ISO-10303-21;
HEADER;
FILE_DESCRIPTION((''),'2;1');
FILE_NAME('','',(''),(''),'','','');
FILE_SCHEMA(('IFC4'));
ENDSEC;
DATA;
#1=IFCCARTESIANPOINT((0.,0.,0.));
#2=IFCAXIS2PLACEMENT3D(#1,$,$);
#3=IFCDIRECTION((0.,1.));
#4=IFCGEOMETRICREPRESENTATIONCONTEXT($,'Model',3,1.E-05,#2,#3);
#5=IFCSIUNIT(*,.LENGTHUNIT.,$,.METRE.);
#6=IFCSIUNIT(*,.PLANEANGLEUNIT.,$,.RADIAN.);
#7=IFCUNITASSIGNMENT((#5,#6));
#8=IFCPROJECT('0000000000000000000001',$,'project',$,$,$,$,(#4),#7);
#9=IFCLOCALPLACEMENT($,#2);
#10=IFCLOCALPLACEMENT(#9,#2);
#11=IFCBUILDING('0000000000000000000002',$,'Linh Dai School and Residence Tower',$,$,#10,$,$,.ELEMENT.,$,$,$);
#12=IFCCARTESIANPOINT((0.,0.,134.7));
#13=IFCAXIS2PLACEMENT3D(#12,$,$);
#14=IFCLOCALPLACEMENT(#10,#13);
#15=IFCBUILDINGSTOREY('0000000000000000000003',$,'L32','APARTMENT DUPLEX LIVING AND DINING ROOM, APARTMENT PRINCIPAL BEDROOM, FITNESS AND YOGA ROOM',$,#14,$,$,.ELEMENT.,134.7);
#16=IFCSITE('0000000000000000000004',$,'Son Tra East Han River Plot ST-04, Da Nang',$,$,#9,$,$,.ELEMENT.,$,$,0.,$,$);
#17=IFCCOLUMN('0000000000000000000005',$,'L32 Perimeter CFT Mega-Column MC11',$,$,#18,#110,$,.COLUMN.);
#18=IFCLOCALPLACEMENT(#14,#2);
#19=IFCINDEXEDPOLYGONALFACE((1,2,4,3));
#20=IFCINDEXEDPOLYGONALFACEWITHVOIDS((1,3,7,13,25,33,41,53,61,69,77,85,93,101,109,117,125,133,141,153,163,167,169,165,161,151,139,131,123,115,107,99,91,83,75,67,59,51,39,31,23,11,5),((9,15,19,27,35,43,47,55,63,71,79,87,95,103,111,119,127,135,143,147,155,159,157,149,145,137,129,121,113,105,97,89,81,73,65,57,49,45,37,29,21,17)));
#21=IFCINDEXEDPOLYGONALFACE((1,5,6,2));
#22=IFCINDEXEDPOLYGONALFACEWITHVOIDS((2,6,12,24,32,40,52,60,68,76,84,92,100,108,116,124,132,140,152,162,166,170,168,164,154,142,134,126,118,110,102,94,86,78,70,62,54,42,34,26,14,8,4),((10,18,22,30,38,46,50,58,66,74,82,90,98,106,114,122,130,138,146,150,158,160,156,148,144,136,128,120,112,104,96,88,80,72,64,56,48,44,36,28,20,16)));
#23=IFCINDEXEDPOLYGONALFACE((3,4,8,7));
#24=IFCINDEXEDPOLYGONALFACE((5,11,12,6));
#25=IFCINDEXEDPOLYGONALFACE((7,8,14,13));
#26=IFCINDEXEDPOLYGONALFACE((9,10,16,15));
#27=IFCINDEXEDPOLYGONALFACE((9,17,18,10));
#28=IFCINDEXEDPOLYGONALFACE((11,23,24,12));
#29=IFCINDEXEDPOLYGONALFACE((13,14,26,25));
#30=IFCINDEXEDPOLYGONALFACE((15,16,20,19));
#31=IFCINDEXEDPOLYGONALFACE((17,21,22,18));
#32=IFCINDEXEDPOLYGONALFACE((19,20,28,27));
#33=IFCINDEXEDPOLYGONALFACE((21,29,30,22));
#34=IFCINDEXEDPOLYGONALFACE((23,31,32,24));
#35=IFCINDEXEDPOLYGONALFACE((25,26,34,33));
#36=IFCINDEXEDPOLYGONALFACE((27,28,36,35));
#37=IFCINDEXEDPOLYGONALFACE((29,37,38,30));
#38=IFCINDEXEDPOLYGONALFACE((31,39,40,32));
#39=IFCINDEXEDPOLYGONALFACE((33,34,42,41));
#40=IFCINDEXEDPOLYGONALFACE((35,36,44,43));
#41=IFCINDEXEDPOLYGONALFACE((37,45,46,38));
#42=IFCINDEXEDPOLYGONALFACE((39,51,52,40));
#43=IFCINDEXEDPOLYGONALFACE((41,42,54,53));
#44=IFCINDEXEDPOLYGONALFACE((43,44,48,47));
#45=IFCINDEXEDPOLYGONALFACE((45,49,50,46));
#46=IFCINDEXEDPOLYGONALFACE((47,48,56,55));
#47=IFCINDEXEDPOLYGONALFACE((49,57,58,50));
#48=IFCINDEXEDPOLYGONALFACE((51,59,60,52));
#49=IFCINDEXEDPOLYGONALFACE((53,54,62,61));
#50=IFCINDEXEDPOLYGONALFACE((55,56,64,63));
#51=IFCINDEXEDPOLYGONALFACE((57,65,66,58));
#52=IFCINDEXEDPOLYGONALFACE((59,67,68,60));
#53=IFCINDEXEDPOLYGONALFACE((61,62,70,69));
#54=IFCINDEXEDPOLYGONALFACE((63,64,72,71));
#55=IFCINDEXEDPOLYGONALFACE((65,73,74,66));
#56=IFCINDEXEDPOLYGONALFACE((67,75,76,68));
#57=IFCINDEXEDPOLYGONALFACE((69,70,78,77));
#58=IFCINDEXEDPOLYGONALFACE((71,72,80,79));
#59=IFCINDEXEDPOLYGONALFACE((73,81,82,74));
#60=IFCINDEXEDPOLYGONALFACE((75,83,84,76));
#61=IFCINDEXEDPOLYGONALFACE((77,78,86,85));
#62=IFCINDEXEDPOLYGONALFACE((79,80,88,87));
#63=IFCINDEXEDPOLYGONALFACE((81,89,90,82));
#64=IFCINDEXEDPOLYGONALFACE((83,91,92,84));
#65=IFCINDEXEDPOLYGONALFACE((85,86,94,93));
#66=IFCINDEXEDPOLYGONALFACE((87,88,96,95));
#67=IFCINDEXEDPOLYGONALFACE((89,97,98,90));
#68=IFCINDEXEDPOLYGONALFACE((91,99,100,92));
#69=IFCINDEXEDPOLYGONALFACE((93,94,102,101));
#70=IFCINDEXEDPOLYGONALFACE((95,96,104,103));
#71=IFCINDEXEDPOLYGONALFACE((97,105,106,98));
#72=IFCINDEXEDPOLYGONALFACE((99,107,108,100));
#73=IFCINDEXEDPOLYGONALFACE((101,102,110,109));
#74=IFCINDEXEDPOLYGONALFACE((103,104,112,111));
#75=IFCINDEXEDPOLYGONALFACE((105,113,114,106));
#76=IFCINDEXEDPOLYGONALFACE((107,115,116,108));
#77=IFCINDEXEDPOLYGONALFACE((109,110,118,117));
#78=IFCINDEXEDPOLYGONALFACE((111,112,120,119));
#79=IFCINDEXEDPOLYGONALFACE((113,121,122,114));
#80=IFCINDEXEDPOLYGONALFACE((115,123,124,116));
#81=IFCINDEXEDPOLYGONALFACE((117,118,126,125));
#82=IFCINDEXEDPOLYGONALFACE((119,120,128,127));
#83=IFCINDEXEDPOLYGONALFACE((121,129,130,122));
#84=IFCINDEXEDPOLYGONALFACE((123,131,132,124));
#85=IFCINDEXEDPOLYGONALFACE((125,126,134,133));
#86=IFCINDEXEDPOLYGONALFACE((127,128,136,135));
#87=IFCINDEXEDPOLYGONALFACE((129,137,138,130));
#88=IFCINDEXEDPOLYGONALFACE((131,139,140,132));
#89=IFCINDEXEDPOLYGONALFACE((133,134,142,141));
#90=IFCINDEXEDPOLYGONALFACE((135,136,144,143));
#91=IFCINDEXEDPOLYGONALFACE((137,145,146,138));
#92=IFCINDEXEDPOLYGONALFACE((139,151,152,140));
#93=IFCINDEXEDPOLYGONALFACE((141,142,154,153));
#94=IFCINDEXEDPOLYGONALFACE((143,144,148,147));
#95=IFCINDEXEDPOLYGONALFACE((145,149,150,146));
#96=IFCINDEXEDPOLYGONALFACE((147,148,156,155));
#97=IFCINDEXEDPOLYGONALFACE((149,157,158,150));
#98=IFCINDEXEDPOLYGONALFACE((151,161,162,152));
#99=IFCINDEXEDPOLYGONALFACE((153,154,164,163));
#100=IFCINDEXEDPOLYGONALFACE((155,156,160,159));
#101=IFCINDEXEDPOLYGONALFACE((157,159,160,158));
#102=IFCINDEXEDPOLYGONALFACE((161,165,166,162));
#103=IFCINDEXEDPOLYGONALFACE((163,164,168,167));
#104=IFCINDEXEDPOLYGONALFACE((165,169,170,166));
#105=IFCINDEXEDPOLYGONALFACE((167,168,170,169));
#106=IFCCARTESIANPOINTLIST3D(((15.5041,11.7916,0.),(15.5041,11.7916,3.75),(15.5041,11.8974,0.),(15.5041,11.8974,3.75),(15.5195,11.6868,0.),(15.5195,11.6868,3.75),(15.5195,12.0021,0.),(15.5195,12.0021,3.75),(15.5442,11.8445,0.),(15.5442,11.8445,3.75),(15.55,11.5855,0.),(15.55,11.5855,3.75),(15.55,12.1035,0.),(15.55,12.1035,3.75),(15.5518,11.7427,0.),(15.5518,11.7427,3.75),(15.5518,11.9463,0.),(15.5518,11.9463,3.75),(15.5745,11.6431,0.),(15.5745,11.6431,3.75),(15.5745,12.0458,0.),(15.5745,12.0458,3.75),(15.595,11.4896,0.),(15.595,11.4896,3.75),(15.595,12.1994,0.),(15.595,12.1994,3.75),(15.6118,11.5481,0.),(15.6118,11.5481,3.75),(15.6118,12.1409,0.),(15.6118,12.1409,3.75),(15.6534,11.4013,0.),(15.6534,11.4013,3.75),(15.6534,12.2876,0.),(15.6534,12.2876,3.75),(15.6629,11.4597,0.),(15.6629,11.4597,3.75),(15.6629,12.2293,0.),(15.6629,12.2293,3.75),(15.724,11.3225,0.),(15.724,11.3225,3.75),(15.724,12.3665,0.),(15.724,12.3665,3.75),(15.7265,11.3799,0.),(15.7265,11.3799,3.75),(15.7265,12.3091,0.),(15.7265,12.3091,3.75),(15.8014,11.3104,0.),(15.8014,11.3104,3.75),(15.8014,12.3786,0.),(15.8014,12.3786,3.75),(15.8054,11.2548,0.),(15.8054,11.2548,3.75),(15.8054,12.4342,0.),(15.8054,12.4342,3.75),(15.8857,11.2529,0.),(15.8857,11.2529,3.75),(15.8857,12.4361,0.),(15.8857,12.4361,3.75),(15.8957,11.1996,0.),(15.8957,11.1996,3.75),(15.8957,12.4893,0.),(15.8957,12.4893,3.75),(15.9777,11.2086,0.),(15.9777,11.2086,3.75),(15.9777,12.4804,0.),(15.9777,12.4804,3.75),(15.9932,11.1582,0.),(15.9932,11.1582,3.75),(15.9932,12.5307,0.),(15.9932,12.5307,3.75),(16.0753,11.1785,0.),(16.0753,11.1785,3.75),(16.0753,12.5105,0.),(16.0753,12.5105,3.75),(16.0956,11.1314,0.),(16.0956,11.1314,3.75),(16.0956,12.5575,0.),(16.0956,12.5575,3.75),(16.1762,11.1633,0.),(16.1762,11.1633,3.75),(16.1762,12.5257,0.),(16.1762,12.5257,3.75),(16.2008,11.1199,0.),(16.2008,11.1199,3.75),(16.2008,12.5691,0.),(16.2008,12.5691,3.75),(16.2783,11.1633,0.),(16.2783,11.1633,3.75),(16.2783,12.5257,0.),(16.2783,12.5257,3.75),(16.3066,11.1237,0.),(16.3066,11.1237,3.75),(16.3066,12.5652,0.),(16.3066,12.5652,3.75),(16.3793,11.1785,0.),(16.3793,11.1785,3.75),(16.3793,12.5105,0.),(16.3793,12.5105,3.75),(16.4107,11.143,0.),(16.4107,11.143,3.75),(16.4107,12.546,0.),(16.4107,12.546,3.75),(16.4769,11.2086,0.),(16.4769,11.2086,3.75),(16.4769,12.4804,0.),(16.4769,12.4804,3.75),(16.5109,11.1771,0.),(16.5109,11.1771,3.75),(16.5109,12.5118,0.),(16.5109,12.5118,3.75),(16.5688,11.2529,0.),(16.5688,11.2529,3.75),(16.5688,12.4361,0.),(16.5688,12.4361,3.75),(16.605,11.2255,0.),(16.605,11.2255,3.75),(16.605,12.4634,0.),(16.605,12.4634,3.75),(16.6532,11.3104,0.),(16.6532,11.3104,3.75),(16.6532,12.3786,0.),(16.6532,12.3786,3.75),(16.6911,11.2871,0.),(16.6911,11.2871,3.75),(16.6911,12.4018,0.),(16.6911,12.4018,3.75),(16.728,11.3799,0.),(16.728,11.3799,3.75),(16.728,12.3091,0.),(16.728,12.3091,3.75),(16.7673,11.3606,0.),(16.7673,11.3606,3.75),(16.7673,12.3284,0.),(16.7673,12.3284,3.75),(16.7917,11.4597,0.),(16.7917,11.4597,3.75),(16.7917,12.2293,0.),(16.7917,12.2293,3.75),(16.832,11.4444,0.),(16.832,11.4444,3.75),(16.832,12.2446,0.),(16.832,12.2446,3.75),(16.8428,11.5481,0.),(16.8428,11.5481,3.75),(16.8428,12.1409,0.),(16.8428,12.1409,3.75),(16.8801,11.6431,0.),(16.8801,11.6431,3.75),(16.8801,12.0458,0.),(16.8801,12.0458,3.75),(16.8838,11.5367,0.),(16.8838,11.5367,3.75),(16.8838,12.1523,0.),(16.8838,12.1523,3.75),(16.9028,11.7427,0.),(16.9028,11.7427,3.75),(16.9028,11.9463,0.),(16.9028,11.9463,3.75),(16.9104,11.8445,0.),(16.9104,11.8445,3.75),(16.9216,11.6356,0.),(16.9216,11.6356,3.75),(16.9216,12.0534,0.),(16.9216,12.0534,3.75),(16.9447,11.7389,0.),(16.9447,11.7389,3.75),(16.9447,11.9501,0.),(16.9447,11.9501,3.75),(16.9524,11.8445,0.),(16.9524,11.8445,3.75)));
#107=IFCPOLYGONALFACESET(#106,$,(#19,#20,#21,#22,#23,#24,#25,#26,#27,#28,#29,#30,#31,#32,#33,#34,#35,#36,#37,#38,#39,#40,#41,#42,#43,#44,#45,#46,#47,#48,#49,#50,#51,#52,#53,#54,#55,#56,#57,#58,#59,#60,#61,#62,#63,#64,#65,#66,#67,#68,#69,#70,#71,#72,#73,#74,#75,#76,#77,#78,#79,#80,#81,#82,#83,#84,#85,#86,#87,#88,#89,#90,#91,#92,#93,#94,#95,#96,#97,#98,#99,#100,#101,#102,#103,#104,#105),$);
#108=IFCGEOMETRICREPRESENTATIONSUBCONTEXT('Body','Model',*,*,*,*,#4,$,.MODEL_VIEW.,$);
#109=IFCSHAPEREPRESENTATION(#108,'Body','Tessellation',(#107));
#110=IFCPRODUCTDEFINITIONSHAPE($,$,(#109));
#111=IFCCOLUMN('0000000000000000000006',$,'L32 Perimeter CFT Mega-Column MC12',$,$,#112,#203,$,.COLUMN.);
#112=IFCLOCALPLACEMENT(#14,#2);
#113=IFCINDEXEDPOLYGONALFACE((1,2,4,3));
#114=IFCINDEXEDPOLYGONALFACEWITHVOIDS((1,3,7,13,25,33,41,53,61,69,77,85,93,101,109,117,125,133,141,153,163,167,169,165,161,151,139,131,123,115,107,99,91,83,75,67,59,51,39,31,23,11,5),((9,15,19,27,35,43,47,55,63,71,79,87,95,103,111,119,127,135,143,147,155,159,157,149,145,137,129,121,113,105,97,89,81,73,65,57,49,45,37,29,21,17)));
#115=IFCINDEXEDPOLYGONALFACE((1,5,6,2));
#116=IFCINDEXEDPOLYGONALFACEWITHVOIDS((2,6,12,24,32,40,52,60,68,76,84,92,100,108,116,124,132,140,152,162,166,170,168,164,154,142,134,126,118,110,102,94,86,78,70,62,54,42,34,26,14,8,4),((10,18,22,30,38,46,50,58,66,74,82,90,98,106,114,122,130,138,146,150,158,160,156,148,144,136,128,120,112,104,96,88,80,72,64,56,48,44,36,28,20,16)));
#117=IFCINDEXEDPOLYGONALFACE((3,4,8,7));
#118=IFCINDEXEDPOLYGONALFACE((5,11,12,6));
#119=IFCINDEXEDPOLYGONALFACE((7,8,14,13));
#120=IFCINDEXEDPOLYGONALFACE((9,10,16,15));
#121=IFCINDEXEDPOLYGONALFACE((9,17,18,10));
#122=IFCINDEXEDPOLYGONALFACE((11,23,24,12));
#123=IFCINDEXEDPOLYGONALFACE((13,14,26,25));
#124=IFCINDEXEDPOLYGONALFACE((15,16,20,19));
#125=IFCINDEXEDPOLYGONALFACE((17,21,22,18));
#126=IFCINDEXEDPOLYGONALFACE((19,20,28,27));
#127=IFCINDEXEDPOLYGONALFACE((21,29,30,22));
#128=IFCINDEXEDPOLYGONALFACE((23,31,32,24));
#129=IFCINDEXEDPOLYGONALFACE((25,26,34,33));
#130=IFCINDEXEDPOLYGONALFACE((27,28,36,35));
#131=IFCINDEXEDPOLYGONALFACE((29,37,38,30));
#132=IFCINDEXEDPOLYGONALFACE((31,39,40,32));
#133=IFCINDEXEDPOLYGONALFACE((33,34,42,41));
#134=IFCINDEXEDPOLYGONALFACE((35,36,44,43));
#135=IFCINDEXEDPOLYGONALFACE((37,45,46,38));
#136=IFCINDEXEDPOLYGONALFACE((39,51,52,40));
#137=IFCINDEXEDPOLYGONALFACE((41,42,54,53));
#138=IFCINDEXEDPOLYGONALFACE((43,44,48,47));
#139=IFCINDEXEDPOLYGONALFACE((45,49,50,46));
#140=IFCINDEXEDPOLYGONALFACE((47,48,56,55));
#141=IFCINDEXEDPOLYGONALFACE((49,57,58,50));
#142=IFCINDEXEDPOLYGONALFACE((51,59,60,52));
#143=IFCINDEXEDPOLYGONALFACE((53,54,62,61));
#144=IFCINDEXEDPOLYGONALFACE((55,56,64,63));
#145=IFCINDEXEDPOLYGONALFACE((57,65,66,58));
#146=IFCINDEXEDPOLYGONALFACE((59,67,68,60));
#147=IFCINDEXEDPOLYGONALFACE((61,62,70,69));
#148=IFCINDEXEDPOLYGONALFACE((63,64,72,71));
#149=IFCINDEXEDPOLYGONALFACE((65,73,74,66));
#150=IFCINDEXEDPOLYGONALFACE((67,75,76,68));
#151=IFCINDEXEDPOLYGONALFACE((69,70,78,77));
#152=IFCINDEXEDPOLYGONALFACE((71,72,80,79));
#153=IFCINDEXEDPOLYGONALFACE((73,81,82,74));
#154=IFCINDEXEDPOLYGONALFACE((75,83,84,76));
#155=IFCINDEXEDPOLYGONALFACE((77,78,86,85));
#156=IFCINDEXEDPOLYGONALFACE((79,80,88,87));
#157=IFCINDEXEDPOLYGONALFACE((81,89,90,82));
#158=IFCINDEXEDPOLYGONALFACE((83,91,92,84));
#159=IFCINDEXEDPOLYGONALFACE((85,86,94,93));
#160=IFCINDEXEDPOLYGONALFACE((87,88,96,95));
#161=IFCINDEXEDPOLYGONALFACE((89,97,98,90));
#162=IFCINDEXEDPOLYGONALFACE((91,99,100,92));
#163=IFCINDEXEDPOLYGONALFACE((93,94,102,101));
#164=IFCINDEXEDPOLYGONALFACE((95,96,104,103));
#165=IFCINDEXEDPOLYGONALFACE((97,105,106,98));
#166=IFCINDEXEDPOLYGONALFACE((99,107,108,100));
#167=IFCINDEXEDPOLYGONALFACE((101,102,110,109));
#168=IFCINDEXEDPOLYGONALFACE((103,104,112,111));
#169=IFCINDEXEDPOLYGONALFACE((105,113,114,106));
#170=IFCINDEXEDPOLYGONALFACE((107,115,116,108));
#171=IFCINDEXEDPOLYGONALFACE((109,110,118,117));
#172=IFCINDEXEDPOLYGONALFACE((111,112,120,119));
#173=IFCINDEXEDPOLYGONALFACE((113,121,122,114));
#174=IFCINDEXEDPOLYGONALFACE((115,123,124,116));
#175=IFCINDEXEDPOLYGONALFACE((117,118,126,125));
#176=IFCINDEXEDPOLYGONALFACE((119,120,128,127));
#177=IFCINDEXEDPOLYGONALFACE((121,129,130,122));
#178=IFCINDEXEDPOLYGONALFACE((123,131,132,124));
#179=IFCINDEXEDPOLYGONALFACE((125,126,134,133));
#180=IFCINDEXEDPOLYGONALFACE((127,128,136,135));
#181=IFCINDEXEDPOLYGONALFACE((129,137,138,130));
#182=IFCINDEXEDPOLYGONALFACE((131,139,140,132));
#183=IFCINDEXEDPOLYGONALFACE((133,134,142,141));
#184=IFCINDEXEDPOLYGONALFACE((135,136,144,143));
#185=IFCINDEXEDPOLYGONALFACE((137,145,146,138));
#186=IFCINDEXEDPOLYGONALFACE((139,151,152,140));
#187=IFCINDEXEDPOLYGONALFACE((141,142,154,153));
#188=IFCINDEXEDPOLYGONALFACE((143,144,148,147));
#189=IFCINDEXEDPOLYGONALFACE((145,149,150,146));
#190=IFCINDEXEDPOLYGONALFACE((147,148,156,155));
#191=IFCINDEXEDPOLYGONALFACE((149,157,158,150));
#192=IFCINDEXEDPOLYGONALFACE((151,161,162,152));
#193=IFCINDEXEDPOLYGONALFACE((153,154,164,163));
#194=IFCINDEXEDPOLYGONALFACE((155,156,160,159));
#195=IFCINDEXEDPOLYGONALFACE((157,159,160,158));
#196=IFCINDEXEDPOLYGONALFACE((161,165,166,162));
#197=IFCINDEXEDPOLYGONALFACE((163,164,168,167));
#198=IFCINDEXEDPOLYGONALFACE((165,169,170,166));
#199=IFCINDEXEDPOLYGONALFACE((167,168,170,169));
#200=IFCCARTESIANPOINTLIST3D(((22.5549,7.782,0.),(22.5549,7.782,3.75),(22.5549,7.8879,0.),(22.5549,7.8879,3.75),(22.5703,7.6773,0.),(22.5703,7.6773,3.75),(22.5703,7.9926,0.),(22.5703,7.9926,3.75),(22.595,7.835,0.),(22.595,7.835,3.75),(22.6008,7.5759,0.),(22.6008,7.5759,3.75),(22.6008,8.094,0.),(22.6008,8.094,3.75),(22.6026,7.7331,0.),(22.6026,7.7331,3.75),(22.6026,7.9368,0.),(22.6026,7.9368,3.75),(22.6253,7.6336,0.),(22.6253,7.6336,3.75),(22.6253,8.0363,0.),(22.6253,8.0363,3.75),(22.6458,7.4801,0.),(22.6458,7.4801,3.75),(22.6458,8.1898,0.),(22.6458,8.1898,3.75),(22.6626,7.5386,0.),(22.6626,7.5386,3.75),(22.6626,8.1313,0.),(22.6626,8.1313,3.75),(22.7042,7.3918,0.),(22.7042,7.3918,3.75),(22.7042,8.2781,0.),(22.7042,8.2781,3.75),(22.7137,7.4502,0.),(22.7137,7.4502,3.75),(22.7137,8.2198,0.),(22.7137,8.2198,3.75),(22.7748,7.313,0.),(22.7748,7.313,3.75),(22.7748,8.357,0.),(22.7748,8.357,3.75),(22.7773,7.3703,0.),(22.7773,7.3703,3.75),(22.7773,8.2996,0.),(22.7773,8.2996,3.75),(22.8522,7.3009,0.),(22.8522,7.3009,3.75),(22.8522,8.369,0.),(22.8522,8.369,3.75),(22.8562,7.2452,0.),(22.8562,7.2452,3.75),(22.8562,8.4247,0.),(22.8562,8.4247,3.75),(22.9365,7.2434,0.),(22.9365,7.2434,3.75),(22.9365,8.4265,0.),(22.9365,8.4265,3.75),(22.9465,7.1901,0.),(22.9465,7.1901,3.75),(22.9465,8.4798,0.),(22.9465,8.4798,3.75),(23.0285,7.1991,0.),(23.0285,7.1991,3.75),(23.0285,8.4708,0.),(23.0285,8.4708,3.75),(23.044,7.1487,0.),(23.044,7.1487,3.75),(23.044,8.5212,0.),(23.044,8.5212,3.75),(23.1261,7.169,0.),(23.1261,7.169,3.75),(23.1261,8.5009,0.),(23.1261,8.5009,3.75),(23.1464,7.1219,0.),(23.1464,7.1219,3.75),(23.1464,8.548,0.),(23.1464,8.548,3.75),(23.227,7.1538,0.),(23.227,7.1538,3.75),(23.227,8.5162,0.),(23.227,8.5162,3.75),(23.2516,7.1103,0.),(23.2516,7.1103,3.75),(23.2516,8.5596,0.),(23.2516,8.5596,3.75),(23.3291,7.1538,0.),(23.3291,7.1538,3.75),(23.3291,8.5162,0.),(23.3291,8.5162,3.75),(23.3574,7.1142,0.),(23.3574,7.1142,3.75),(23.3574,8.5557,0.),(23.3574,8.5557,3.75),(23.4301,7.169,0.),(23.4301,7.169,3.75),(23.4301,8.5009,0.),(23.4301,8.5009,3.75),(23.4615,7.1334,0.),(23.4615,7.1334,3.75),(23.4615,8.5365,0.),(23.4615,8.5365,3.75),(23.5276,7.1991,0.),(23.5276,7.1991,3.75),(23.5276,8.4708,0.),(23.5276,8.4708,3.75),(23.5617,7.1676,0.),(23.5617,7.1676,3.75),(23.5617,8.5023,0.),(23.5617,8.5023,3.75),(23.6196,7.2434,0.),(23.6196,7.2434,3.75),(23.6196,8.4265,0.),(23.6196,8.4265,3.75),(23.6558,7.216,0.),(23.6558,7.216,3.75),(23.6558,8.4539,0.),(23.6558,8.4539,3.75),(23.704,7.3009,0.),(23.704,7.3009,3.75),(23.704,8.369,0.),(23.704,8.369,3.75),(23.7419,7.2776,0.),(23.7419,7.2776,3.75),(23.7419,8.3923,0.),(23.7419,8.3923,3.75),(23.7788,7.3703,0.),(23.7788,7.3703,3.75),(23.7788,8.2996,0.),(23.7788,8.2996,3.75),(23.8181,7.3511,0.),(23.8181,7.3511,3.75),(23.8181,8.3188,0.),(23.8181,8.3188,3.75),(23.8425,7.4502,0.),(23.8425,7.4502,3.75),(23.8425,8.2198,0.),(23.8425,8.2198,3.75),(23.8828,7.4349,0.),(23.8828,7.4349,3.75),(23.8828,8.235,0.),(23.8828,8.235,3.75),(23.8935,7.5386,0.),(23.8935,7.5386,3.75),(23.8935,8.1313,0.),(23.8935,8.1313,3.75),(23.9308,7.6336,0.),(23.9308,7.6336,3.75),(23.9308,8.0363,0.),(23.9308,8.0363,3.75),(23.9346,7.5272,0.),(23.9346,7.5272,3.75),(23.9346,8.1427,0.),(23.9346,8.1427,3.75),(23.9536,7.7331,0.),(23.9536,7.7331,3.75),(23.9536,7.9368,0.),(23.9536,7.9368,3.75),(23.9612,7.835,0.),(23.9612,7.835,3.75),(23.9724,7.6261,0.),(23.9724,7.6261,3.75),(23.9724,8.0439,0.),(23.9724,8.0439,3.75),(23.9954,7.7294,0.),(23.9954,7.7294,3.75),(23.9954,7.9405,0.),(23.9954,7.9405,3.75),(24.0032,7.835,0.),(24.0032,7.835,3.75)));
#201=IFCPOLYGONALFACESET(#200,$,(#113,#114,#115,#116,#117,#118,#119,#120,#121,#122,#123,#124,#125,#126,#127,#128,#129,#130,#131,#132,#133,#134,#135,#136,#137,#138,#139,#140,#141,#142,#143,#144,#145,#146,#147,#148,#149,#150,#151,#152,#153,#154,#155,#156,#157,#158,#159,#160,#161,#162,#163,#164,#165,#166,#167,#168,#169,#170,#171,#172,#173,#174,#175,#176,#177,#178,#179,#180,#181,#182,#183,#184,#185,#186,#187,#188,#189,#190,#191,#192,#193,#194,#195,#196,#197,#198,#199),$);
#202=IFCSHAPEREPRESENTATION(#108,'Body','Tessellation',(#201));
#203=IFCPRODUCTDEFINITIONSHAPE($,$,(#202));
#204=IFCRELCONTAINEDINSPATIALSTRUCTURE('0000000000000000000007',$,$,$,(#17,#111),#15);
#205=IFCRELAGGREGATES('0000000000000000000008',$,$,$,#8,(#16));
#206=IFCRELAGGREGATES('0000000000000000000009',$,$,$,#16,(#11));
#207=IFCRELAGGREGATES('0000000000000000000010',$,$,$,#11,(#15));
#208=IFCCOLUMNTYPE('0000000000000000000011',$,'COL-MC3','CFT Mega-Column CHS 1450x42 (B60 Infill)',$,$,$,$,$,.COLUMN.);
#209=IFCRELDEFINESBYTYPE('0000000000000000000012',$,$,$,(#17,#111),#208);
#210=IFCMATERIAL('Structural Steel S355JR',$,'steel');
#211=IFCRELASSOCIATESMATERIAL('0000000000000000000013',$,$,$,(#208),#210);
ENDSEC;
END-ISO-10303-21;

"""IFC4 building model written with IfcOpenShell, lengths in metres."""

from ifc_helpers import new_model, si_unit, direction, frame, origin, origin_2d, place, context, subcontext, project, spatial, hollow_circle, extrude, material, material_profile, profile_set, type_object, element, save


model = new_model("IFC4")

# Units and contexts
model_context = context("Model", 3, precision=1e-05, world=origin(), true_north=direction((0.0, 1.0)))
body_context = subcontext(model_context, "Body", "Model", "MODEL_VIEW")
ifc_project = project(units=[si_unit("LENGTHUNIT", "METRE"), si_unit("PLANEANGLEUNIT", "RADIAN")], contexts=[model_context])

# Site, building, storey
site_placement = place(None, origin())
site = spatial("IfcSite", under=ifc_project, at=site_placement, Name="Son Tra East Han River Plot ST-04, Da Nang", CompositionType="ELEMENT", RefElevation=0.0)
building_placement = place(site_placement, origin())
building = spatial("IfcBuilding", under=site, at=building_placement, Name="Linh Dai School and Residence Tower", CompositionType="ELEMENT")
storey_placement = place(building_placement, frame((0.0, 0.0, 134.7)))
storey = spatial("IfcBuildingStorey", under=building, at=storey_placement, Name="L32", Description="APARTMENT DUPLEX LIVING AND DINING ROOM, APARTMENT PRINCIPAL BEDROOM, FITNESS AND YOGA ROOM", CompositionType="ELEMENT", Elevation=134.7)

# Columns
ifc_material_1 = material(Name="Structural Steel S355JR", Category="steel")
ifc_material_profile_1 = material_profile(ifc_material_1, hollow_circle(Radius=0.7251, WallThickness=0.042, at=origin_2d()), Name="CHS 1450x42")
ifc_profile_set_1 = profile_set([ifc_material_profile_1], Name="Structural Steel S355JR")
column_type = type_object("IfcColumnType", Name="COL-MC3", Description="CFT Mega-Column CHS 1450x42 (B60 Infill)", PredefinedType="COLUMN", material=ifc_profile_set_1)
for number, where, z_axis, x_axis, name in (
    (1, (16.2273, 11.8445, 0.0), (0.0, 0.0, 1.0), (1.0, 0.0, 0.0), "L32 Perimeter CFT Mega-Column MC11"),
    (2, (23.2781, 7.835, 0.0), (0.0, 0.0, 1.0), (1.0, 0.0, 0.0), "L32 Perimeter CFT Mega-Column MC12"),
):
    element("IfcColumn", number, at=place(storey_placement, frame(where, z_axis=z_axis, x_axis=x_axis)), inside=storey, type_object=column_type, Name=name, PredefinedType="COLUMN", context=body_context, shape_type="SweptSolid", body=[
        extrude(hollow_circle(Radius=0.7251, WallThickness=0.042, at=origin_2d()), origin(), (0.0, 0.0, 1.0), 3.75),
    ])

save(model, "model.ifc")
